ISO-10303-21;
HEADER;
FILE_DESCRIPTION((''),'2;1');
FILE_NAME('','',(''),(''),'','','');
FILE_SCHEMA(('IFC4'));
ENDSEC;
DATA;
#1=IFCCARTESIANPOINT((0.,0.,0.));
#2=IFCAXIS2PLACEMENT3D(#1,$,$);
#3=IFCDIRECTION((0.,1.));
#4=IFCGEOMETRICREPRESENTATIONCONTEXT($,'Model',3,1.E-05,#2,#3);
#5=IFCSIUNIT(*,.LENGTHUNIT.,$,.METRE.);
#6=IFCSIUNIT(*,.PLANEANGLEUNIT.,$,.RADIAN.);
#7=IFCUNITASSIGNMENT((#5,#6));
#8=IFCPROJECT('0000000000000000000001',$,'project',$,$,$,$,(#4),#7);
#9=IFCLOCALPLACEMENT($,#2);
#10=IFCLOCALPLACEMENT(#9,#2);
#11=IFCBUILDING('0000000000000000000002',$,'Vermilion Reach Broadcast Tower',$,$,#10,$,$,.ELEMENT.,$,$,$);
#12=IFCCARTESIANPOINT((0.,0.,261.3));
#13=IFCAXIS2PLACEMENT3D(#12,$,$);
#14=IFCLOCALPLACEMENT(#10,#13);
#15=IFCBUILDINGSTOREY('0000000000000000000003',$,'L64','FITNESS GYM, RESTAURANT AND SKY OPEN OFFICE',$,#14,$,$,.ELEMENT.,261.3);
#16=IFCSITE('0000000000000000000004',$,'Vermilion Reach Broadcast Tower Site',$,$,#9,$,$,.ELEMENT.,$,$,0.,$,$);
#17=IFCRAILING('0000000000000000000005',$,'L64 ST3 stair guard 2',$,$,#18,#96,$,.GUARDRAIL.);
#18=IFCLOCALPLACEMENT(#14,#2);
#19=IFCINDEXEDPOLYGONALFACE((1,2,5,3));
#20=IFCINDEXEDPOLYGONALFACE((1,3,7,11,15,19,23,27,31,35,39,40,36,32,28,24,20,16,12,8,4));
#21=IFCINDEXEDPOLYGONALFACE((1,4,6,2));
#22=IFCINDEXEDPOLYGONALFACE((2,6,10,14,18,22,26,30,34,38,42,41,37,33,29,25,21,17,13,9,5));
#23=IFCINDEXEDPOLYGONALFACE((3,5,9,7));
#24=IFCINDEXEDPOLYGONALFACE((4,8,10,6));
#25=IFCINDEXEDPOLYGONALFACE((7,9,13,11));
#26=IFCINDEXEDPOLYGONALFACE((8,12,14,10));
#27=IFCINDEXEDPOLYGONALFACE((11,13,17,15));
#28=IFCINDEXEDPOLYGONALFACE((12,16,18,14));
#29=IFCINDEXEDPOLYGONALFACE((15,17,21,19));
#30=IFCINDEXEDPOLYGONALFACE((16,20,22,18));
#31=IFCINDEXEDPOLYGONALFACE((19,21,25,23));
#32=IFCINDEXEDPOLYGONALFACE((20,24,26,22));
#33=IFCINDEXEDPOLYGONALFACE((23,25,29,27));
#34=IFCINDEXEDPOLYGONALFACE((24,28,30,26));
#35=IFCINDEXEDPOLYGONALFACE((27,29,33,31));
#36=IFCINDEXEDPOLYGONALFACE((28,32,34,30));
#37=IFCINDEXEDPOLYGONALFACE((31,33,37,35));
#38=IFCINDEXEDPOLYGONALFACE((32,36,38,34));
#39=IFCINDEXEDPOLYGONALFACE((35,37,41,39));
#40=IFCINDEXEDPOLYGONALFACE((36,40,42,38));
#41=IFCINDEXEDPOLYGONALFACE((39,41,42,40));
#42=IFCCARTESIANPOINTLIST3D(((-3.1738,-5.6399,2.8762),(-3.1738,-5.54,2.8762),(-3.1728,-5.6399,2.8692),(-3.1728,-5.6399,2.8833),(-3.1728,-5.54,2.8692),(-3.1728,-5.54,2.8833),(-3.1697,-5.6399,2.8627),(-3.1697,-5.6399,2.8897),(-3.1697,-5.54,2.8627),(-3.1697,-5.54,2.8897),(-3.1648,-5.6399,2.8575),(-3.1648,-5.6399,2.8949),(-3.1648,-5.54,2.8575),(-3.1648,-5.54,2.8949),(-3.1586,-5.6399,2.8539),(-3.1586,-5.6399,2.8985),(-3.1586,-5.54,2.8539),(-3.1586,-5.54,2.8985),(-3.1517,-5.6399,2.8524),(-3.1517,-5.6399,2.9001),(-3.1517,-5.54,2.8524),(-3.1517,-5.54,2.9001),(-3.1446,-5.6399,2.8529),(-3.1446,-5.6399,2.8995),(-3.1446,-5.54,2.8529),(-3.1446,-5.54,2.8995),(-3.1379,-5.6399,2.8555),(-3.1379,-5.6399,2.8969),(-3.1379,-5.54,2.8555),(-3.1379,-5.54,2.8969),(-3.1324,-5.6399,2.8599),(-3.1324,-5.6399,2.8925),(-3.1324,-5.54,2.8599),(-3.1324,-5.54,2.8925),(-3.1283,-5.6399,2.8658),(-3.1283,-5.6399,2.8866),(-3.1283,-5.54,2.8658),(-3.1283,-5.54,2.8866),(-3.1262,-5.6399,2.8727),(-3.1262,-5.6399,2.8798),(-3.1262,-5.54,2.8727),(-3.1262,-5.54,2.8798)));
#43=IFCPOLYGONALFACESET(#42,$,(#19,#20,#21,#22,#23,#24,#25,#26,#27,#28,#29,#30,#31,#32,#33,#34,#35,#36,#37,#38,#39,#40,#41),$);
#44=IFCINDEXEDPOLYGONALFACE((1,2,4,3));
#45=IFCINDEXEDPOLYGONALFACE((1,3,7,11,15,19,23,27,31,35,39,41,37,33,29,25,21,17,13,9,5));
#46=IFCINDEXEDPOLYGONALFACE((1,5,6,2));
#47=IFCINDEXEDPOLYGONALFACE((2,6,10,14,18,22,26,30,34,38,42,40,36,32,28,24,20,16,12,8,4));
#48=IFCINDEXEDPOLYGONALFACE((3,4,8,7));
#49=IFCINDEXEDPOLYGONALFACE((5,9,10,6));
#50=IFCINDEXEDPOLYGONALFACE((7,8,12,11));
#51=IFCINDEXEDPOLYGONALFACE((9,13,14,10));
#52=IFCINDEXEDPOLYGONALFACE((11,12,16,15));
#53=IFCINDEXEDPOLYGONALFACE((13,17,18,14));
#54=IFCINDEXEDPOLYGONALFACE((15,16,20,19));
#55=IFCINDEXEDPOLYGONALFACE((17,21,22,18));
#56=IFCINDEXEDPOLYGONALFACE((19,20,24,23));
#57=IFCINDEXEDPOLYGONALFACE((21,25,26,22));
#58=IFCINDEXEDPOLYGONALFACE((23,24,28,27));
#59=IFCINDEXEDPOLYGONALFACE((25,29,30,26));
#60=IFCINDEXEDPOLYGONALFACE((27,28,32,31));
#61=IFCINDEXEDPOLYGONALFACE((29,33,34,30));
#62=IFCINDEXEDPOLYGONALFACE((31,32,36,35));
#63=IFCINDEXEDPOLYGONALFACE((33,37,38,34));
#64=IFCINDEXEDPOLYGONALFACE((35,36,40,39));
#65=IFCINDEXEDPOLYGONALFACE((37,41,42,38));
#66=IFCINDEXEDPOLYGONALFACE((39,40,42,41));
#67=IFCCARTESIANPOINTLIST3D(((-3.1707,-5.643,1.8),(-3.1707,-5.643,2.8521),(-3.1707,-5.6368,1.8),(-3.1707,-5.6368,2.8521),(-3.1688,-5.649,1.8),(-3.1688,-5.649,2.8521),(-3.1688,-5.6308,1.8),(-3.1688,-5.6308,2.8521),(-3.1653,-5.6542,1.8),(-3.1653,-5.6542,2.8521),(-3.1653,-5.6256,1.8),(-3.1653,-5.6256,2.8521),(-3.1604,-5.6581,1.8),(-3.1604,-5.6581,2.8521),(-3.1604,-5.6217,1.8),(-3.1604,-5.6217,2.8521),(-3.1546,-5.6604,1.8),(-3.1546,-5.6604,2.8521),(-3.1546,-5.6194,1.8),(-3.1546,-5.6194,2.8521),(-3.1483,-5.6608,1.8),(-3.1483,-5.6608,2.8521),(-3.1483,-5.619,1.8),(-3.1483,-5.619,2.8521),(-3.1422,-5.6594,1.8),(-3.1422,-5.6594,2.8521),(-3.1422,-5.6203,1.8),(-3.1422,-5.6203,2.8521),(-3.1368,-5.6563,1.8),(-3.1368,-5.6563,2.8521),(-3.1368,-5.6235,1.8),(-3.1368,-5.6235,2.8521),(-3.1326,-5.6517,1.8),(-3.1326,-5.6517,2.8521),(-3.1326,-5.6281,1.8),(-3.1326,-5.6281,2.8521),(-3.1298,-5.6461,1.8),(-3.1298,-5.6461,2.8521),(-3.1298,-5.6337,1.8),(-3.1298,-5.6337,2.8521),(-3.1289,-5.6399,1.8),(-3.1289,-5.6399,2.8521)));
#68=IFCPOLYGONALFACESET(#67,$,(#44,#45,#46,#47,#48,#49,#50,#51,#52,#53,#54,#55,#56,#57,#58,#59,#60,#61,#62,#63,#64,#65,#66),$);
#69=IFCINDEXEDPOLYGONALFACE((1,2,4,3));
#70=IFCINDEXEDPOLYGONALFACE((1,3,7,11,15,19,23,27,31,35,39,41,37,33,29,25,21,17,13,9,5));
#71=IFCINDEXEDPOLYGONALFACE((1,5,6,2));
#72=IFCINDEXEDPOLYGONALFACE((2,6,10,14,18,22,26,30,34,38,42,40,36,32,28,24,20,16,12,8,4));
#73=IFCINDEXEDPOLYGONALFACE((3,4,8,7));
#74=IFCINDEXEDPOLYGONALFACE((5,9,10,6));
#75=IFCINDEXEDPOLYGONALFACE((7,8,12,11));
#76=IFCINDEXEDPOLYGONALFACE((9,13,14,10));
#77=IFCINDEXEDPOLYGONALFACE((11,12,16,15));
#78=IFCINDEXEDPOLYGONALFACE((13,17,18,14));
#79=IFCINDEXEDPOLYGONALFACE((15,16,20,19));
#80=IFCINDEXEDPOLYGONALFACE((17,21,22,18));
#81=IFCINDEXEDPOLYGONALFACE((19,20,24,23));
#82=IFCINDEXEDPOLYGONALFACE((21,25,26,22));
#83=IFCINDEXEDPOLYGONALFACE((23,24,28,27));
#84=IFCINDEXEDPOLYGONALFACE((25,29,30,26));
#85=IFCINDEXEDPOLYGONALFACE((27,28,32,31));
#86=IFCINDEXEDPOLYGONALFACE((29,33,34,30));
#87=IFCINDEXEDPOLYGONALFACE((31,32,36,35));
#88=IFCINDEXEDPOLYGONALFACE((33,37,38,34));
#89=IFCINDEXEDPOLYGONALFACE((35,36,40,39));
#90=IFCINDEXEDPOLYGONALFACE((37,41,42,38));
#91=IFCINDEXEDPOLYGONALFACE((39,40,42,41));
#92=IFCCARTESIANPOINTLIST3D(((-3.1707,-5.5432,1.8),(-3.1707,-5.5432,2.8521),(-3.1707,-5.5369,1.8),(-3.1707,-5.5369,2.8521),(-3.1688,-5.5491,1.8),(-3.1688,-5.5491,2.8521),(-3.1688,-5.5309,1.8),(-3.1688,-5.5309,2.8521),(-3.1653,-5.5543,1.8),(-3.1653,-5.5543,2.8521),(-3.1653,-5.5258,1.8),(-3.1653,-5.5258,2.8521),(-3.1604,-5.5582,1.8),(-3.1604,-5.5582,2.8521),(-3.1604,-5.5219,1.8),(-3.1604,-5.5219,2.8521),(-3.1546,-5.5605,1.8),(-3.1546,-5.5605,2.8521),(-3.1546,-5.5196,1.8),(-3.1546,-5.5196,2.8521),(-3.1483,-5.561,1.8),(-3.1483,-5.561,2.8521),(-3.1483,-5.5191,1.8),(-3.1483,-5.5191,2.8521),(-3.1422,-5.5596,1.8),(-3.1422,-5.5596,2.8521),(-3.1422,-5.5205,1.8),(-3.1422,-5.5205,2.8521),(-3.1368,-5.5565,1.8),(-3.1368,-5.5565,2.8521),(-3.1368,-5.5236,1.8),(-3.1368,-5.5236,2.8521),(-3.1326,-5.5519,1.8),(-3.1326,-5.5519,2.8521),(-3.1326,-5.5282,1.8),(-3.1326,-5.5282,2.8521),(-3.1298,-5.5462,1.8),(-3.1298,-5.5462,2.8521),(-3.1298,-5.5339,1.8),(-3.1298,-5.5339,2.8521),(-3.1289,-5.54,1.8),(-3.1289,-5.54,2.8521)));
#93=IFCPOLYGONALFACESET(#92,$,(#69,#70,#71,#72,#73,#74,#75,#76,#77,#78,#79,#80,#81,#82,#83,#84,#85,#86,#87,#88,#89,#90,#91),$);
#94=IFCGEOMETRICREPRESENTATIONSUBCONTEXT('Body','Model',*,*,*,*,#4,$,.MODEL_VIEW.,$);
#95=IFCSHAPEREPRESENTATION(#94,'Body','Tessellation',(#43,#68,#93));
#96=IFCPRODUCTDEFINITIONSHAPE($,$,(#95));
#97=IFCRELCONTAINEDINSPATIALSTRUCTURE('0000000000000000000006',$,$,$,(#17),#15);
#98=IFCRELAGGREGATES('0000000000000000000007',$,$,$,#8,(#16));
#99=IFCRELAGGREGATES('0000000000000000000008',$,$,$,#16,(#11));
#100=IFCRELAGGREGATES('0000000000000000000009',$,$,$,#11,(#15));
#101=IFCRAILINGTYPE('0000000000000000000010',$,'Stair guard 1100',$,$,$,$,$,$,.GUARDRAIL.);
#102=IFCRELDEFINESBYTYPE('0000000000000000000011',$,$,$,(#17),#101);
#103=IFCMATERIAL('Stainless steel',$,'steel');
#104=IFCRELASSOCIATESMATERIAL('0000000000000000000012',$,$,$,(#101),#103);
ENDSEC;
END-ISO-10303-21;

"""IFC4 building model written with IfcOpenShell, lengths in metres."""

from ifc_helpers import new_model, si_unit, direction, frame, origin, origin_2d, place, context, subcontext, project, spatial, circle, extrude, material, type_object, element, save


model = new_model("IFC4")

# Units and contexts
model_context = context("Model", 3, precision=1e-05, world=origin(), true_north=direction((0.0, 1.0)))
body_context = subcontext(model_context, "Body", "Model", "MODEL_VIEW")
ifc_project = project(units=[si_unit("LENGTHUNIT", "METRE"), si_unit("PLANEANGLEUNIT", "RADIAN")], contexts=[model_context])

# Site, building, storey
site_placement = place(None, origin())
site = spatial("IfcSite", under=ifc_project, at=site_placement, Name="Vermilion Reach Broadcast Tower Site", CompositionType="ELEMENT", RefElevation=0.0)
building_placement = place(site_placement, origin())
building = spatial("IfcBuilding", under=site, at=building_placement, Name="Vermilion Reach Broadcast Tower", CompositionType="ELEMENT")
storey_placement = place(building_placement, frame((0.0, 0.0, 261.3)))
storey = spatial("IfcBuildingStorey", under=building, at=storey_placement, Name="L64", Description="FITNESS GYM, RESTAURANT AND SKY OPEN OFFICE", CompositionType="ELEMENT", Elevation=261.3)

# Railing
ifc_material_1 = material(Name="Stainless steel", Category="steel")
railing_type_1 = type_object("IfcRailingType", Name="Stair guard 1100", PredefinedType="GUARDRAIL", material=ifc_material_1)
railing_1_placement = place(storey_placement, frame((-3.1499, -5.6399, 1.8)))
element("IfcRailing", 1, at=railing_1_placement, inside=storey, type_object=railing_type_1, Name="L64 ST3 stair guard 2", PredefinedType="GUARDRAIL", context=body_context, shape_type="SweptSolid", body=[
    extrude(circle(Radius=0.0239, at=origin_2d()), frame((0.0, 0.0, 1.0762), z_axis=(0.0, 1.0, 0.0), x_axis=(-1.0, 0.0, 0.0)), (0.0, 0.0, 1.0), 0.0999),
    extrude(circle(Radius=0.021, at=origin_2d()), origin(), (0.0, 0.0, 1.0), 1.052),
    extrude(circle(Radius=0.021, at=origin_2d()), frame((0.0, 0.0999, 0.0)), (0.0, 0.0, 1.0), 1.052),
])

save(model, "model.ifc")
